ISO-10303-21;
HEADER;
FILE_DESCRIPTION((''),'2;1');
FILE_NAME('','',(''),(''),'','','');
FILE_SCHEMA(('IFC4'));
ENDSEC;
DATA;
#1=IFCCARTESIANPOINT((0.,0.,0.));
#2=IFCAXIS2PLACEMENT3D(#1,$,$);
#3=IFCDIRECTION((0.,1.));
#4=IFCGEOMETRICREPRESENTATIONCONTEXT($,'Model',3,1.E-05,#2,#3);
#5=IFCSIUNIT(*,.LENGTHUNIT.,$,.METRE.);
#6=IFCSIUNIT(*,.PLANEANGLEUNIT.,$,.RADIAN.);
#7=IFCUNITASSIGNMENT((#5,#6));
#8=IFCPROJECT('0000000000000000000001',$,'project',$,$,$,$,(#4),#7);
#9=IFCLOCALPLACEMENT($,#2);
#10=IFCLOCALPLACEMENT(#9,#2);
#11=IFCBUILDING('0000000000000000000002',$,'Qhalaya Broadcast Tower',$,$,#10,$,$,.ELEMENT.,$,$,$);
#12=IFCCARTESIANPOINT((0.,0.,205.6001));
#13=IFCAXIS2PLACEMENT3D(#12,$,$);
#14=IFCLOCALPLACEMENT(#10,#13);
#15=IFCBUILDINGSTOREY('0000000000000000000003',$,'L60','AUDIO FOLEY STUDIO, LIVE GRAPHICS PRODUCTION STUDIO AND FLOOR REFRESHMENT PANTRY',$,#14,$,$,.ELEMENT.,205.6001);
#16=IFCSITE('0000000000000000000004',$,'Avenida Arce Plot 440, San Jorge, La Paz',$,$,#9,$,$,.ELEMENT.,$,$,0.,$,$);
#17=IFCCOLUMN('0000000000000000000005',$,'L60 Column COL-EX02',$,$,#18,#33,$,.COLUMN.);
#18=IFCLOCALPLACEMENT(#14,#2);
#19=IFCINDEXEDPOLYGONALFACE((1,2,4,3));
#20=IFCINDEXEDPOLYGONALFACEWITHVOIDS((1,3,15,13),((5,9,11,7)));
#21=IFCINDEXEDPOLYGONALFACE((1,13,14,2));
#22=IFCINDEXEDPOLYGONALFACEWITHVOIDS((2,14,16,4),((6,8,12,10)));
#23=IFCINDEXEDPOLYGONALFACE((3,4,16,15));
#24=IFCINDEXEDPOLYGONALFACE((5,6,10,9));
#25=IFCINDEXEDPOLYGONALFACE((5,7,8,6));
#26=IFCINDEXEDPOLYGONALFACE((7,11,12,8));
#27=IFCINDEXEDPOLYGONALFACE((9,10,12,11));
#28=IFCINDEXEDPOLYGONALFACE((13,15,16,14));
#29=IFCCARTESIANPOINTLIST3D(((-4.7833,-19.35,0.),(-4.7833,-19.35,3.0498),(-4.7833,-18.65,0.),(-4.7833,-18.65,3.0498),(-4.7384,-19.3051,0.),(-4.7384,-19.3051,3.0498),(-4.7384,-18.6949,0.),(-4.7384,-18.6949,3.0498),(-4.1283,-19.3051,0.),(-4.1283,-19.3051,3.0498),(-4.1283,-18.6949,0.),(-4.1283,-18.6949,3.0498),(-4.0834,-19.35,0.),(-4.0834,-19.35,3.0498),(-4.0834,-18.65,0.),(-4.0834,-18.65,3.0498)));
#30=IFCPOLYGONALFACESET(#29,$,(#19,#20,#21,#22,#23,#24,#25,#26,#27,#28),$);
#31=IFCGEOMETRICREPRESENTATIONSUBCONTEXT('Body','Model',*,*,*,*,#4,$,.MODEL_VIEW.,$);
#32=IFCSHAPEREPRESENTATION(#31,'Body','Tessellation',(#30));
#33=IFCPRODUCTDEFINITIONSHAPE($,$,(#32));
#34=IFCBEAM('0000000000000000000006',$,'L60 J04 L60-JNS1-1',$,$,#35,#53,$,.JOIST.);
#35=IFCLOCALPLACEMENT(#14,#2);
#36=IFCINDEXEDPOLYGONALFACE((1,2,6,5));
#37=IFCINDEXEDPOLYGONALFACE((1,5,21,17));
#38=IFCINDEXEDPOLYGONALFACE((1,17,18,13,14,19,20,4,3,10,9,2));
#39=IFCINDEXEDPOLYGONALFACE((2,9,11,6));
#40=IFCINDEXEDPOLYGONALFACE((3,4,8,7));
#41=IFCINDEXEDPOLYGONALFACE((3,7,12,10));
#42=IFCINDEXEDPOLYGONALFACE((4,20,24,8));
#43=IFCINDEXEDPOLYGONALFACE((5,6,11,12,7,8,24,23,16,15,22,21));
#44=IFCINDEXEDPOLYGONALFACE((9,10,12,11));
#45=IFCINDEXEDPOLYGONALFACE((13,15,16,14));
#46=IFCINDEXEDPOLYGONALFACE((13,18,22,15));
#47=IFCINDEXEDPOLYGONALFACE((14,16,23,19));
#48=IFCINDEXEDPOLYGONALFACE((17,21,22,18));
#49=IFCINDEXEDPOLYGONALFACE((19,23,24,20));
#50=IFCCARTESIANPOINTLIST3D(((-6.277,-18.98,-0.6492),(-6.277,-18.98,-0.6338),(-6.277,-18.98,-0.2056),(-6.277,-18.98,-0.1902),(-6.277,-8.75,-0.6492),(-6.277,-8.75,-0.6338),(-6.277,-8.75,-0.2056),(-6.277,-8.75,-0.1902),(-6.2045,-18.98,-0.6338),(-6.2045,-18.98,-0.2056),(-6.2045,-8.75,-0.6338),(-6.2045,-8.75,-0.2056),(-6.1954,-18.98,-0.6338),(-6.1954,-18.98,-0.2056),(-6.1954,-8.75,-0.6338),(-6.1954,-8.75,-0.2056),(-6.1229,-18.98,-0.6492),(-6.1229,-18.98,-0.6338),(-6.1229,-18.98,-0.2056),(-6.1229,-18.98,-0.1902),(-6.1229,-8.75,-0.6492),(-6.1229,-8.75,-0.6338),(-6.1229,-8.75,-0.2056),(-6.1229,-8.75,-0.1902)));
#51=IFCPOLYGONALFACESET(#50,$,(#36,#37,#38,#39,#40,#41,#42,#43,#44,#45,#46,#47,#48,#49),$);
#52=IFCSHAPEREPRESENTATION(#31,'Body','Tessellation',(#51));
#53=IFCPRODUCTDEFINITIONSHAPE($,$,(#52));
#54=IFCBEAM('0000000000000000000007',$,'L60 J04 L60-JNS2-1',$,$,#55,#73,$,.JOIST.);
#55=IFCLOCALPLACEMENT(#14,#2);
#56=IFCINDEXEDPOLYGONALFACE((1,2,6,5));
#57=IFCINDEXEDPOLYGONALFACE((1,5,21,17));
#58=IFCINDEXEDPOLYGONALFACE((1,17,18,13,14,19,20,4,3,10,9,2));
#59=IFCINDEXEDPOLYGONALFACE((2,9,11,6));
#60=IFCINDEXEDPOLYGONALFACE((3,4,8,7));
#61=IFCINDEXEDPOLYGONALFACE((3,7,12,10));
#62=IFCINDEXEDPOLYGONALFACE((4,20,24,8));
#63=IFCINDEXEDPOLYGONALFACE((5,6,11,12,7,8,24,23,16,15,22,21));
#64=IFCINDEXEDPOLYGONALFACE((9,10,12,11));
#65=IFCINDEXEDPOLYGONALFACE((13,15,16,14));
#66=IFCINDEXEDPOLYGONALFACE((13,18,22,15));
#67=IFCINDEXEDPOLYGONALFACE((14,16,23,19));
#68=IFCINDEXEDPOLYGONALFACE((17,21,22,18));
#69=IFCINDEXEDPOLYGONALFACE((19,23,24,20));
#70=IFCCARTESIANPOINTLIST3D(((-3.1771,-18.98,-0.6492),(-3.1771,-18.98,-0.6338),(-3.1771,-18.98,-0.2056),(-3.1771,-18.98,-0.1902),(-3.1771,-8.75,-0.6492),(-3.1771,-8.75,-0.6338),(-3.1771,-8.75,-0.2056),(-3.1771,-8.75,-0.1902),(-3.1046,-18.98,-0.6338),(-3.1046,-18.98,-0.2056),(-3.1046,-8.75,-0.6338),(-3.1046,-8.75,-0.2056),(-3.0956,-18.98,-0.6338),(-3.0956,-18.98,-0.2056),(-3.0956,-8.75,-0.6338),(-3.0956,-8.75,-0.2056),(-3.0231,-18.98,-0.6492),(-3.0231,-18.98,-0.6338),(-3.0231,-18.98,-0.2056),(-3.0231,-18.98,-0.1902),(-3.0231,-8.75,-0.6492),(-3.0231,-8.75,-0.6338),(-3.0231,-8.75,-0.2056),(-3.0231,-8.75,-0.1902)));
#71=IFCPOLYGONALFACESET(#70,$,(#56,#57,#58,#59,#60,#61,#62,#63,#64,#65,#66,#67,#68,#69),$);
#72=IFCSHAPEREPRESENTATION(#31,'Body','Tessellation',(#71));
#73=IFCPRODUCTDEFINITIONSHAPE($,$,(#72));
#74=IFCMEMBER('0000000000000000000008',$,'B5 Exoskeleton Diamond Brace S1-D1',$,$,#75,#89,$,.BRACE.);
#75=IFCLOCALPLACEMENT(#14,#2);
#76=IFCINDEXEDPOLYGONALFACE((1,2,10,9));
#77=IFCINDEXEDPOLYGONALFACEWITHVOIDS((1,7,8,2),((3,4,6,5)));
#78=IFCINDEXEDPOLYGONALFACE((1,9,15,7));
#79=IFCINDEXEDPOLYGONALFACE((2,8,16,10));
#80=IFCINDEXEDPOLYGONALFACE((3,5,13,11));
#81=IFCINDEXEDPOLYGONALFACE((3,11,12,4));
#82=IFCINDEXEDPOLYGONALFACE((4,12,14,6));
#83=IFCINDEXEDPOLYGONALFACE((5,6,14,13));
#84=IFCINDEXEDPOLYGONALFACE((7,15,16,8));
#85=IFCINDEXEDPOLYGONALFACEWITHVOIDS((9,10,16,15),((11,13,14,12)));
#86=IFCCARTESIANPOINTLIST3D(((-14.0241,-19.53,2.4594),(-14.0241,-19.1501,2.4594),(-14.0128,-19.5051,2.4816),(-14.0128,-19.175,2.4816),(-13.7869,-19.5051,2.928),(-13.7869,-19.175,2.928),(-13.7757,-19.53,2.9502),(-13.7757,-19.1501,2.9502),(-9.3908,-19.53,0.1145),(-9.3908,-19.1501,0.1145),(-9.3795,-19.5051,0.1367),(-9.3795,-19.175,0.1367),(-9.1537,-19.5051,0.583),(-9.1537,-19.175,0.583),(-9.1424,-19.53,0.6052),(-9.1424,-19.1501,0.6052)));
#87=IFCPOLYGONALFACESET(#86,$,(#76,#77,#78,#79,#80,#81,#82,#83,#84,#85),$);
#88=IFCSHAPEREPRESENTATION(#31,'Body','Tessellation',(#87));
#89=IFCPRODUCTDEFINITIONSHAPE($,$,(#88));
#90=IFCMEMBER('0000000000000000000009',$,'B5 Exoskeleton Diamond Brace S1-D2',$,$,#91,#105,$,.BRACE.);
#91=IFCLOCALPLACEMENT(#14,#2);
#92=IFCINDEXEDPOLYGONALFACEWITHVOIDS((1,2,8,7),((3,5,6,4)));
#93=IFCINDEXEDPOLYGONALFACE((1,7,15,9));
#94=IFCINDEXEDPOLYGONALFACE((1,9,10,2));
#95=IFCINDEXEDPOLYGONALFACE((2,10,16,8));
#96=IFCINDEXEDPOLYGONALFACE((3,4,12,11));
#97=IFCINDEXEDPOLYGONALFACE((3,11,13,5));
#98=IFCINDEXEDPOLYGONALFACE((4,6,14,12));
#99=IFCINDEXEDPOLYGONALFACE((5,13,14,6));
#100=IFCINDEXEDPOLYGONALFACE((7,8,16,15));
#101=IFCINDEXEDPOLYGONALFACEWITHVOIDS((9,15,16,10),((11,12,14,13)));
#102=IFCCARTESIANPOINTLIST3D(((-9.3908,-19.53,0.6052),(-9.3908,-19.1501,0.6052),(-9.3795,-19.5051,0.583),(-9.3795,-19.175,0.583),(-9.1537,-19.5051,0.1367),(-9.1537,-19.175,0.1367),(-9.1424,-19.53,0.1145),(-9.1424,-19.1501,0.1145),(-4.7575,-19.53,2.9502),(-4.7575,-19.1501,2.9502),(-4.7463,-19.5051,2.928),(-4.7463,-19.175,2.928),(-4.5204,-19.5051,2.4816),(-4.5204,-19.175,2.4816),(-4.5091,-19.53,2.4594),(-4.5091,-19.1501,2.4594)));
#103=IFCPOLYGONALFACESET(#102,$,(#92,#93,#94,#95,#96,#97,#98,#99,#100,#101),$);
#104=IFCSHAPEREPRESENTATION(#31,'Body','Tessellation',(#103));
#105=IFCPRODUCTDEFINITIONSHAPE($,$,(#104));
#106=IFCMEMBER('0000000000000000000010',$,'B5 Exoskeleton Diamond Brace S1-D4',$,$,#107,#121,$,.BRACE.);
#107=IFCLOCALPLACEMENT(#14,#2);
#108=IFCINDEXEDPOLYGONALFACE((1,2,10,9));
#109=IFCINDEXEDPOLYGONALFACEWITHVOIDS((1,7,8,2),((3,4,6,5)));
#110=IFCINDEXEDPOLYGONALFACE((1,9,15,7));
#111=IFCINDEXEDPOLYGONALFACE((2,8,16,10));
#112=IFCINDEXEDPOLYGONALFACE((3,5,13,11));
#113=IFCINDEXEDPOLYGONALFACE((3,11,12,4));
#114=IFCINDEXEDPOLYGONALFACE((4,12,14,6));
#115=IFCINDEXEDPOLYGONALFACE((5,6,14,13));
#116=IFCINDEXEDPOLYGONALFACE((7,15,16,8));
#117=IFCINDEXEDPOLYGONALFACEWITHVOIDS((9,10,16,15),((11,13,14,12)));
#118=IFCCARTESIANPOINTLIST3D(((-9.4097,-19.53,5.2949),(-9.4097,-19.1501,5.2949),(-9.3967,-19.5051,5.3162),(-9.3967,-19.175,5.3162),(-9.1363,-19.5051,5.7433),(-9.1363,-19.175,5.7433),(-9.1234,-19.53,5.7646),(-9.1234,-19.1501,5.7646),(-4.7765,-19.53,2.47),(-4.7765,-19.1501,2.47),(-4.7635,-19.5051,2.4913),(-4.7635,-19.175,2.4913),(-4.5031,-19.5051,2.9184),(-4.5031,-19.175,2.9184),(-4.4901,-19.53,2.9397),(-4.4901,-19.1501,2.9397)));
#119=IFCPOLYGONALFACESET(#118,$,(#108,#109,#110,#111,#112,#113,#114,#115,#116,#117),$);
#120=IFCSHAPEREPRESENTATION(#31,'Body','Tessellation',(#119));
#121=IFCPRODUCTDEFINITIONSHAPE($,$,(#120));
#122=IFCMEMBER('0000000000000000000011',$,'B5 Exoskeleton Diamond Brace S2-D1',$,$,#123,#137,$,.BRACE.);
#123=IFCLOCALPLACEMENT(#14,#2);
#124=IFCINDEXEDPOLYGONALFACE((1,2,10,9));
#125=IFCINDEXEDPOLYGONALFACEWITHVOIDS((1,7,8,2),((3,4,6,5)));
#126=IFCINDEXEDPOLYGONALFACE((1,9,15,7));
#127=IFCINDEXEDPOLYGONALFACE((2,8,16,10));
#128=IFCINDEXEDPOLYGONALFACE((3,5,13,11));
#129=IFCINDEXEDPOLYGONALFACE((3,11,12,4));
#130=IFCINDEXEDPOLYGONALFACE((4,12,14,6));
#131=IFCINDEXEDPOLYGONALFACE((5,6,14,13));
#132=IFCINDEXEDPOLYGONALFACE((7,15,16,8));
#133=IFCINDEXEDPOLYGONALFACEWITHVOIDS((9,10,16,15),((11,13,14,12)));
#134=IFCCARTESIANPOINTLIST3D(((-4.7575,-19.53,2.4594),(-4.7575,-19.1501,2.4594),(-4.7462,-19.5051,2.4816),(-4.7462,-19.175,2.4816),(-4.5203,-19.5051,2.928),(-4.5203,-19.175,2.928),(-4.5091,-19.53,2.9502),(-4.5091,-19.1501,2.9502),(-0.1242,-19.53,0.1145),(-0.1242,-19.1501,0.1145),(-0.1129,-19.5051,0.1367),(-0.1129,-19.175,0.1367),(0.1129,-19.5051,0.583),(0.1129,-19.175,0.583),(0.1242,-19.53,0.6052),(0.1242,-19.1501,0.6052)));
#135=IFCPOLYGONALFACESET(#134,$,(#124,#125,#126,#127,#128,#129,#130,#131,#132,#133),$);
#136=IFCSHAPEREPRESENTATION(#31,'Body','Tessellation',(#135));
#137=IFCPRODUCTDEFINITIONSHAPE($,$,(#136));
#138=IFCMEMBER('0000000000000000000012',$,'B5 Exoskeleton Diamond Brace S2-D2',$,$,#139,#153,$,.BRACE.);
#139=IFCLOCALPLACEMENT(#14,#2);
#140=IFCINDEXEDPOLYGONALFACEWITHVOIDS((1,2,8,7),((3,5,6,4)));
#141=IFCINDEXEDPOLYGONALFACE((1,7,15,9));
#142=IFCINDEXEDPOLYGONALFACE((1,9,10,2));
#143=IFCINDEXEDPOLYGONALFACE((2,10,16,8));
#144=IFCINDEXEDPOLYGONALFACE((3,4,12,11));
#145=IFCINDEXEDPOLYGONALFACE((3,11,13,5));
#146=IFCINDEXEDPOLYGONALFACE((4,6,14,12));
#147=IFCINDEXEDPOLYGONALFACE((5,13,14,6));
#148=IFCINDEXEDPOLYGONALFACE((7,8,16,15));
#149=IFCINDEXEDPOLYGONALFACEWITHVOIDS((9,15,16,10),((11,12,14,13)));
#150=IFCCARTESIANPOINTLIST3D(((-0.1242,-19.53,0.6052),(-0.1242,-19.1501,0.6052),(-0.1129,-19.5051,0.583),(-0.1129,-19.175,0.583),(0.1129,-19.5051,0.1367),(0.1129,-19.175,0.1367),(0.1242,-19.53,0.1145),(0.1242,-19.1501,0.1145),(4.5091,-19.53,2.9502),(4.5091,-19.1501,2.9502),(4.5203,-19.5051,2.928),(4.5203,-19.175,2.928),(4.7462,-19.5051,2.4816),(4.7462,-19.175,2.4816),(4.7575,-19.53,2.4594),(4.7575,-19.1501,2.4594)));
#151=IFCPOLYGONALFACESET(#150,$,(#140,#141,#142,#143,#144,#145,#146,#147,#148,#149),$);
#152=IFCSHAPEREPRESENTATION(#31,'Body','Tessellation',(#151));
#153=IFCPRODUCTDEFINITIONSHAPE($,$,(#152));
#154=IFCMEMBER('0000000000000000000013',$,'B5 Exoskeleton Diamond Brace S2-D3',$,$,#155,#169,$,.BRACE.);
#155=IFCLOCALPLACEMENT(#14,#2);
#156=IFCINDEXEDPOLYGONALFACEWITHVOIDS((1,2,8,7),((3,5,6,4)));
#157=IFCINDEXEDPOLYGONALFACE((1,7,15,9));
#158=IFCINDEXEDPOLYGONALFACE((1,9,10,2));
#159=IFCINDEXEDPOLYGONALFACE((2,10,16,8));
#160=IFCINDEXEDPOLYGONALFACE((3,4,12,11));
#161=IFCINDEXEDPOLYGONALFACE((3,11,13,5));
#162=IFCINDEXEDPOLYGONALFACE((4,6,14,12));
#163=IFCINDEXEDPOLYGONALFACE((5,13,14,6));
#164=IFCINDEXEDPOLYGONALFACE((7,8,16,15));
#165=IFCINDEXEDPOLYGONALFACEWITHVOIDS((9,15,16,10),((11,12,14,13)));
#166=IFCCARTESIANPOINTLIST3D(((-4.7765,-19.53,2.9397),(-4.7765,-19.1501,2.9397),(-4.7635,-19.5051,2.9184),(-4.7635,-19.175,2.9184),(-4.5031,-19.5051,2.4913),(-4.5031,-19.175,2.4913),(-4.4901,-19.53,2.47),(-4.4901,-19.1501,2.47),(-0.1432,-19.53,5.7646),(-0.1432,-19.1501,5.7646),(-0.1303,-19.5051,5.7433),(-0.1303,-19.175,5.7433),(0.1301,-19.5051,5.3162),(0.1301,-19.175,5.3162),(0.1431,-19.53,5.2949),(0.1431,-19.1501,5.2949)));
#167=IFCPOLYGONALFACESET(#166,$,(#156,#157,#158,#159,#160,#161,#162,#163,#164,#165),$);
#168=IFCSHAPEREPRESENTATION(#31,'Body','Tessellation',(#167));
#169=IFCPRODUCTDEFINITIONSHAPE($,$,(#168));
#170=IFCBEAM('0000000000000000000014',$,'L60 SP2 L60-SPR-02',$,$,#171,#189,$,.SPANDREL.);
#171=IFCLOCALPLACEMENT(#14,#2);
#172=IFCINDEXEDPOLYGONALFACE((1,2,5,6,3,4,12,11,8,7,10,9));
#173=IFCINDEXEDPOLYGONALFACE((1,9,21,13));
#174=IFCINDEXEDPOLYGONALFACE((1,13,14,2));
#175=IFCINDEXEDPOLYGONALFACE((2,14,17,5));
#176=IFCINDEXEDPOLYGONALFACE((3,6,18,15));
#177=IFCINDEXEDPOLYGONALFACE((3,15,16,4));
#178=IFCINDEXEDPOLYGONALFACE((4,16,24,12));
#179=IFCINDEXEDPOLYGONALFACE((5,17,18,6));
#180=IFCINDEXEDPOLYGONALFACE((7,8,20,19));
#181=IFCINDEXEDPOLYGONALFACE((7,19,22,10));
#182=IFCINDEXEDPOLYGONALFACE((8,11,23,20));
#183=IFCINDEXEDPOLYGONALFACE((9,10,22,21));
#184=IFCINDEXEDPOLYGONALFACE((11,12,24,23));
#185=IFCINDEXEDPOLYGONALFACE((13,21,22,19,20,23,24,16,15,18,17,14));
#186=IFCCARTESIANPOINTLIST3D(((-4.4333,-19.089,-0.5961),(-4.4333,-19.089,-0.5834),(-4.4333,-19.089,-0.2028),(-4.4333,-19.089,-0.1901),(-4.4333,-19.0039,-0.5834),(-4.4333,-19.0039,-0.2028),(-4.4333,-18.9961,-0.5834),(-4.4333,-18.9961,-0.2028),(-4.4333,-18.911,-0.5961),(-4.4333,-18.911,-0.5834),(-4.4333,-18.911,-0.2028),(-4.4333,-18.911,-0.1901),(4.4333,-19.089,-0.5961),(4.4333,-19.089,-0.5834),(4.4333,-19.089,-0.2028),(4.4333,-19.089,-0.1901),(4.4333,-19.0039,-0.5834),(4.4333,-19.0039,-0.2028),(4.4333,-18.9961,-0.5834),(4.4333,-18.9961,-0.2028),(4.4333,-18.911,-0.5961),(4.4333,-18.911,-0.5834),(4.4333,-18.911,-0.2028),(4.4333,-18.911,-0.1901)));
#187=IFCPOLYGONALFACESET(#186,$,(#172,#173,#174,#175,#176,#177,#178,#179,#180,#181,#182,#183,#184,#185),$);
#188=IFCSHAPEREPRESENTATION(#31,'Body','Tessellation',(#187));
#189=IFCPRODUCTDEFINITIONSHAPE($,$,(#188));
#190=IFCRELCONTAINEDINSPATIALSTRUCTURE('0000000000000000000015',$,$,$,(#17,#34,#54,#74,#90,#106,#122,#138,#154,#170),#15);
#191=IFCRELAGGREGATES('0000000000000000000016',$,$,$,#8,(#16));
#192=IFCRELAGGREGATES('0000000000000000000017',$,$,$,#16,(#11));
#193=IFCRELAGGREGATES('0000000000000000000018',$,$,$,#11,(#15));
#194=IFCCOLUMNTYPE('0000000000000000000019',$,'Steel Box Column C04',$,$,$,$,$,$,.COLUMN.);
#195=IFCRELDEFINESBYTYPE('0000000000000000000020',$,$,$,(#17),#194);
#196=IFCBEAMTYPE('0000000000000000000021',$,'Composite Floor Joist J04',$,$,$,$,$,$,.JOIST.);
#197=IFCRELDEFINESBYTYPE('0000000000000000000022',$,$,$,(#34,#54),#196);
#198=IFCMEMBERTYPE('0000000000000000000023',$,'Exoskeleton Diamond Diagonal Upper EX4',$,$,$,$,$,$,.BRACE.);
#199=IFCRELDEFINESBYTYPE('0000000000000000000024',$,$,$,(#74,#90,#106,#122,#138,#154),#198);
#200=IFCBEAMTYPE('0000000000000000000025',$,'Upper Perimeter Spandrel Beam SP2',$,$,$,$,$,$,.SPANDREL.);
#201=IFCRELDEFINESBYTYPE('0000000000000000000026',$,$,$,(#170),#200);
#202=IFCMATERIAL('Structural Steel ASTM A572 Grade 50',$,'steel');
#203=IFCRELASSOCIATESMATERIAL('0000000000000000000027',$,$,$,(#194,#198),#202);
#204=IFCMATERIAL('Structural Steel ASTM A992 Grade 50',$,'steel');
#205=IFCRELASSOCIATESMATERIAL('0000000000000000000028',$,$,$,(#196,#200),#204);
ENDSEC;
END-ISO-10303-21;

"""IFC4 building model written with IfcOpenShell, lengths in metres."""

from ifc_helpers import new_model, si_unit, direction, frame, origin, origin_2d, place, context, subcontext, project, spatial, hollow_rectangle, i_section, extrude, material, material_profile, profile_set, type_object, element, save


model = new_model("IFC4")

# Units and contexts
model_context = context("Model", 3, precision=1e-05, world=origin(), true_north=direction((0.0, 1.0)))
body_context = subcontext(model_context, "Body", "Model", "MODEL_VIEW")
ifc_project = project(units=[si_unit("LENGTHUNIT", "METRE"), si_unit("PLANEANGLEUNIT", "RADIAN")], contexts=[model_context])

# Site, building, storey
site_placement = place(None, origin())
site = spatial("IfcSite", under=ifc_project, at=site_placement, Name="Avenida Arce Plot 440, San Jorge, La Paz", CompositionType="ELEMENT", RefElevation=0.0)
building_placement = place(site_placement, origin())
building = spatial("IfcBuilding", under=site, at=building_placement, Name="Qhalaya Broadcast Tower", CompositionType="ELEMENT")
storey_placement = place(building_placement, frame((0.0, 0.0, 205.6001)))
storey = spatial("IfcBuildingStorey", under=building, at=storey_placement, Name="L60", Description="AUDIO FOLEY STUDIO, LIVE GRAPHICS PRODUCTION STUDIO AND FLOOR REFRESHMENT PANTRY", CompositionType="ELEMENT", Elevation=205.6001)

# Column
ifc_material_1 = material(Name="Structural Steel ASTM A572 Grade 50", Category="steel")
ifc_material_profile_1 = material_profile(ifc_material_1, hollow_rectangle(XDim=0.7, YDim=0.7, WallThickness=0.0449, at=origin_2d()), Name="BOX 700x700x45")
ifc_profile_set_1 = profile_set([ifc_material_profile_1], Name="Structural Steel ASTM A572 Grade 50")
column_type = type_object("IfcColumnType", Name="Steel Box Column C04", PredefinedType="COLUMN", material=ifc_profile_set_1)
column_placement = place(storey_placement, frame((-4.4333, -19.0, 0.0), z_axis=(0.0, 0.0, 1.0), x_axis=(1.0, 0.0, 0.0)))
element("IfcColumn", 1, at=column_placement, inside=storey, type_object=column_type, Name="L60 Column COL-EX02", PredefinedType="COLUMN", context=body_context, shape_type="SweptSolid", body=[
    extrude(hollow_rectangle(XDim=0.7, YDim=0.7, WallThickness=0.0449, at=origin_2d()), origin(), (0.0, 0.0, 1.0), 3.0498),
])

# Beams
ifc_material_2 = material(Name="Structural Steel ASTM A992 Grade 50", Category="steel")
ifc_material_profile_2 = material_profile(ifc_material_2, i_section(OverallWidth=0.1541, OverallDepth=0.459, WebThickness=0.009, FlangeThickness=0.0154, at=origin_2d()), Name="W18X46")
ifc_profile_set_2 = profile_set([ifc_material_profile_2], Name="Structural Steel ASTM A992 Grade 50")
beam_type_1 = type_object("IfcBeamType", Name="Composite Floor Joist J04", PredefinedType="JOIST", material=ifc_profile_set_2)
for number, where, z_axis, x_axis, name in (
    (2, (-6.2, -18.98, -0.4197), (0.0, 1.0, 0.0), (-1.0, 0.0, 0.0), "L60 J04 L60-JNS1-1"),
    (3, (-3.1001, -18.98, -0.4197), (0.0, 1.0, 0.0), (-1.0, 0.0, 0.0), "L60 J04 L60-JNS2-1"),
):
    element("IfcBeam", number, at=place(storey_placement, frame(where, z_axis=z_axis, x_axis=x_axis)), inside=storey, type_object=beam_type_1, Name=name, PredefinedType="JOIST", context=body_context, shape_type="SweptSolid", body=[
        extrude(i_section(OverallWidth=0.1541, OverallDepth=0.459, WebThickness=0.009, FlangeThickness=0.0154, at=origin_2d()), origin(), (0.0, 0.0, 1.0), 10.23),
    ])

# Members
ifc_material_profile_3 = material_profile(ifc_material_1, hollow_rectangle(XDim=0.3799, YDim=0.55, WallThickness=0.0249, at=origin_2d()), Name="BOX 380x550x25")
ifc_profile_set_3 = profile_set([ifc_material_profile_3], Name="Structural Steel ASTM A572 Grade 50")
member_type = type_object("IfcMemberType", Name="Exoskeleton Diamond Diagonal Upper EX4", PredefinedType="BRACE", material=ifc_profile_set_3)
for number, where, z_axis, x_axis, name in (
    (4, (-9.2666, -19.3401, 0.3599), (-0.892235, 0.0, 0.451571), (0.0, -1.0, 0.0), "B5 Exoskeleton Diamond Brace S1-D1"),
    (5, (-9.2666, -19.3401, 0.3599), (0.892235, 0.0, 0.451571), (0.0, 1.0, 0.0), "B5 Exoskeleton Diamond Brace S1-D2"),
):
    element("IfcMember", number, at=place(storey_placement, frame(where, z_axis=z_axis, x_axis=x_axis)), inside=storey, type_object=member_type, Name=name, PredefinedType="BRACE", context=body_context, shape_type="SweptSolid", body=[
        extrude(hollow_rectangle(XDim=0.3799, YDim=0.55, WallThickness=0.0249, at=origin_2d()), origin(), (0.0, 0.0, 1.0), 5.1929),
    ])
member_1_placement = place(storey_placement, frame((-4.6333, -19.3401, 2.7048), z_axis=(-0.853815, 0.0, 0.520576), x_axis=(0.0, -1.0, 0.0)))
element("IfcMember", 6, at=member_1_placement, inside=storey, type_object=member_type, Name="B5 Exoskeleton Diamond Brace S1-D4", PredefinedType="BRACE", context=body_context, shape_type="SweptSolid", body=[
    extrude(hollow_rectangle(XDim=0.3799, YDim=0.55, WallThickness=0.0249, at=origin_2d()), origin(), (0.0, 0.0, 1.0), 5.4265),
])
for number, where, z_axis, x_axis, name in (
    (7, (0.0, -19.3401, 0.3599), (-0.892235, 0.0, 0.451571), (0.0, -1.0, 0.0), "B5 Exoskeleton Diamond Brace S2-D1"),
    (8, (0.0, -19.3401, 0.3599), (0.892235, 0.0, 0.451571), (0.0, 1.0, 0.0), "B5 Exoskeleton Diamond Brace S2-D2"),
):
    element("IfcMember", number, at=place(storey_placement, frame(where, z_axis=z_axis, x_axis=x_axis)), inside=storey, type_object=member_type, Name=name, PredefinedType="BRACE", context=body_context, shape_type="SweptSolid", body=[
        extrude(hollow_rectangle(XDim=0.3799, YDim=0.55, WallThickness=0.0249, at=origin_2d()), origin(), (0.0, 0.0, 1.0), 5.1929),
    ])
member_2_placement = place(storey_placement, frame((-4.6333, -19.3401, 2.7048), z_axis=(0.853815, 0.0, 0.520576), x_axis=(0.0, 1.0, 0.0)))
element("IfcMember", 9, at=member_2_placement, inside=storey, type_object=member_type, Name="B5 Exoskeleton Diamond Brace S2-D3", PredefinedType="BRACE", context=body_context, shape_type="SweptSolid", body=[
    extrude(hollow_rectangle(XDim=0.3799, YDim=0.55, WallThickness=0.0249, at=origin_2d()), origin(), (0.0, 0.0, 1.0), 5.4265),
])

# Beam
ifc_material_profile_4 = material_profile(ifc_material_2, i_section(OverallWidth=0.178, OverallDepth=0.406, WebThickness=0.0078, FlangeThickness=0.0127, at=origin_2d()), Name="W16X40")
ifc_profile_set_4 = profile_set([ifc_material_profile_4], Name="Structural Steel ASTM A992 Grade 50")
beam_type_2 = type_object("IfcBeamType", Name="Upper Perimeter Spandrel Beam SP2", PredefinedType="SPANDREL", material=ifc_profile_set_4)
beam_placement = place(storey_placement, frame((-4.4333, -19.0, -0.3931), z_axis=(1.0, 0.0, 0.0), x_axis=(0.0, 1.0, 0.0)))
element("IfcBeam", 10, at=beam_placement, inside=storey, type_object=beam_type_2, Name="L60 SP2 L60-SPR-02", PredefinedType="SPANDREL", context=body_context, shape_type="SweptSolid", body=[
    extrude(i_section(OverallWidth=0.178, OverallDepth=0.406, WebThickness=0.0078, FlangeThickness=0.0127, at=origin_2d()), origin(), (0.0, 0.0, 1.0), 8.8667),
])

save(model, "model.ifc")
